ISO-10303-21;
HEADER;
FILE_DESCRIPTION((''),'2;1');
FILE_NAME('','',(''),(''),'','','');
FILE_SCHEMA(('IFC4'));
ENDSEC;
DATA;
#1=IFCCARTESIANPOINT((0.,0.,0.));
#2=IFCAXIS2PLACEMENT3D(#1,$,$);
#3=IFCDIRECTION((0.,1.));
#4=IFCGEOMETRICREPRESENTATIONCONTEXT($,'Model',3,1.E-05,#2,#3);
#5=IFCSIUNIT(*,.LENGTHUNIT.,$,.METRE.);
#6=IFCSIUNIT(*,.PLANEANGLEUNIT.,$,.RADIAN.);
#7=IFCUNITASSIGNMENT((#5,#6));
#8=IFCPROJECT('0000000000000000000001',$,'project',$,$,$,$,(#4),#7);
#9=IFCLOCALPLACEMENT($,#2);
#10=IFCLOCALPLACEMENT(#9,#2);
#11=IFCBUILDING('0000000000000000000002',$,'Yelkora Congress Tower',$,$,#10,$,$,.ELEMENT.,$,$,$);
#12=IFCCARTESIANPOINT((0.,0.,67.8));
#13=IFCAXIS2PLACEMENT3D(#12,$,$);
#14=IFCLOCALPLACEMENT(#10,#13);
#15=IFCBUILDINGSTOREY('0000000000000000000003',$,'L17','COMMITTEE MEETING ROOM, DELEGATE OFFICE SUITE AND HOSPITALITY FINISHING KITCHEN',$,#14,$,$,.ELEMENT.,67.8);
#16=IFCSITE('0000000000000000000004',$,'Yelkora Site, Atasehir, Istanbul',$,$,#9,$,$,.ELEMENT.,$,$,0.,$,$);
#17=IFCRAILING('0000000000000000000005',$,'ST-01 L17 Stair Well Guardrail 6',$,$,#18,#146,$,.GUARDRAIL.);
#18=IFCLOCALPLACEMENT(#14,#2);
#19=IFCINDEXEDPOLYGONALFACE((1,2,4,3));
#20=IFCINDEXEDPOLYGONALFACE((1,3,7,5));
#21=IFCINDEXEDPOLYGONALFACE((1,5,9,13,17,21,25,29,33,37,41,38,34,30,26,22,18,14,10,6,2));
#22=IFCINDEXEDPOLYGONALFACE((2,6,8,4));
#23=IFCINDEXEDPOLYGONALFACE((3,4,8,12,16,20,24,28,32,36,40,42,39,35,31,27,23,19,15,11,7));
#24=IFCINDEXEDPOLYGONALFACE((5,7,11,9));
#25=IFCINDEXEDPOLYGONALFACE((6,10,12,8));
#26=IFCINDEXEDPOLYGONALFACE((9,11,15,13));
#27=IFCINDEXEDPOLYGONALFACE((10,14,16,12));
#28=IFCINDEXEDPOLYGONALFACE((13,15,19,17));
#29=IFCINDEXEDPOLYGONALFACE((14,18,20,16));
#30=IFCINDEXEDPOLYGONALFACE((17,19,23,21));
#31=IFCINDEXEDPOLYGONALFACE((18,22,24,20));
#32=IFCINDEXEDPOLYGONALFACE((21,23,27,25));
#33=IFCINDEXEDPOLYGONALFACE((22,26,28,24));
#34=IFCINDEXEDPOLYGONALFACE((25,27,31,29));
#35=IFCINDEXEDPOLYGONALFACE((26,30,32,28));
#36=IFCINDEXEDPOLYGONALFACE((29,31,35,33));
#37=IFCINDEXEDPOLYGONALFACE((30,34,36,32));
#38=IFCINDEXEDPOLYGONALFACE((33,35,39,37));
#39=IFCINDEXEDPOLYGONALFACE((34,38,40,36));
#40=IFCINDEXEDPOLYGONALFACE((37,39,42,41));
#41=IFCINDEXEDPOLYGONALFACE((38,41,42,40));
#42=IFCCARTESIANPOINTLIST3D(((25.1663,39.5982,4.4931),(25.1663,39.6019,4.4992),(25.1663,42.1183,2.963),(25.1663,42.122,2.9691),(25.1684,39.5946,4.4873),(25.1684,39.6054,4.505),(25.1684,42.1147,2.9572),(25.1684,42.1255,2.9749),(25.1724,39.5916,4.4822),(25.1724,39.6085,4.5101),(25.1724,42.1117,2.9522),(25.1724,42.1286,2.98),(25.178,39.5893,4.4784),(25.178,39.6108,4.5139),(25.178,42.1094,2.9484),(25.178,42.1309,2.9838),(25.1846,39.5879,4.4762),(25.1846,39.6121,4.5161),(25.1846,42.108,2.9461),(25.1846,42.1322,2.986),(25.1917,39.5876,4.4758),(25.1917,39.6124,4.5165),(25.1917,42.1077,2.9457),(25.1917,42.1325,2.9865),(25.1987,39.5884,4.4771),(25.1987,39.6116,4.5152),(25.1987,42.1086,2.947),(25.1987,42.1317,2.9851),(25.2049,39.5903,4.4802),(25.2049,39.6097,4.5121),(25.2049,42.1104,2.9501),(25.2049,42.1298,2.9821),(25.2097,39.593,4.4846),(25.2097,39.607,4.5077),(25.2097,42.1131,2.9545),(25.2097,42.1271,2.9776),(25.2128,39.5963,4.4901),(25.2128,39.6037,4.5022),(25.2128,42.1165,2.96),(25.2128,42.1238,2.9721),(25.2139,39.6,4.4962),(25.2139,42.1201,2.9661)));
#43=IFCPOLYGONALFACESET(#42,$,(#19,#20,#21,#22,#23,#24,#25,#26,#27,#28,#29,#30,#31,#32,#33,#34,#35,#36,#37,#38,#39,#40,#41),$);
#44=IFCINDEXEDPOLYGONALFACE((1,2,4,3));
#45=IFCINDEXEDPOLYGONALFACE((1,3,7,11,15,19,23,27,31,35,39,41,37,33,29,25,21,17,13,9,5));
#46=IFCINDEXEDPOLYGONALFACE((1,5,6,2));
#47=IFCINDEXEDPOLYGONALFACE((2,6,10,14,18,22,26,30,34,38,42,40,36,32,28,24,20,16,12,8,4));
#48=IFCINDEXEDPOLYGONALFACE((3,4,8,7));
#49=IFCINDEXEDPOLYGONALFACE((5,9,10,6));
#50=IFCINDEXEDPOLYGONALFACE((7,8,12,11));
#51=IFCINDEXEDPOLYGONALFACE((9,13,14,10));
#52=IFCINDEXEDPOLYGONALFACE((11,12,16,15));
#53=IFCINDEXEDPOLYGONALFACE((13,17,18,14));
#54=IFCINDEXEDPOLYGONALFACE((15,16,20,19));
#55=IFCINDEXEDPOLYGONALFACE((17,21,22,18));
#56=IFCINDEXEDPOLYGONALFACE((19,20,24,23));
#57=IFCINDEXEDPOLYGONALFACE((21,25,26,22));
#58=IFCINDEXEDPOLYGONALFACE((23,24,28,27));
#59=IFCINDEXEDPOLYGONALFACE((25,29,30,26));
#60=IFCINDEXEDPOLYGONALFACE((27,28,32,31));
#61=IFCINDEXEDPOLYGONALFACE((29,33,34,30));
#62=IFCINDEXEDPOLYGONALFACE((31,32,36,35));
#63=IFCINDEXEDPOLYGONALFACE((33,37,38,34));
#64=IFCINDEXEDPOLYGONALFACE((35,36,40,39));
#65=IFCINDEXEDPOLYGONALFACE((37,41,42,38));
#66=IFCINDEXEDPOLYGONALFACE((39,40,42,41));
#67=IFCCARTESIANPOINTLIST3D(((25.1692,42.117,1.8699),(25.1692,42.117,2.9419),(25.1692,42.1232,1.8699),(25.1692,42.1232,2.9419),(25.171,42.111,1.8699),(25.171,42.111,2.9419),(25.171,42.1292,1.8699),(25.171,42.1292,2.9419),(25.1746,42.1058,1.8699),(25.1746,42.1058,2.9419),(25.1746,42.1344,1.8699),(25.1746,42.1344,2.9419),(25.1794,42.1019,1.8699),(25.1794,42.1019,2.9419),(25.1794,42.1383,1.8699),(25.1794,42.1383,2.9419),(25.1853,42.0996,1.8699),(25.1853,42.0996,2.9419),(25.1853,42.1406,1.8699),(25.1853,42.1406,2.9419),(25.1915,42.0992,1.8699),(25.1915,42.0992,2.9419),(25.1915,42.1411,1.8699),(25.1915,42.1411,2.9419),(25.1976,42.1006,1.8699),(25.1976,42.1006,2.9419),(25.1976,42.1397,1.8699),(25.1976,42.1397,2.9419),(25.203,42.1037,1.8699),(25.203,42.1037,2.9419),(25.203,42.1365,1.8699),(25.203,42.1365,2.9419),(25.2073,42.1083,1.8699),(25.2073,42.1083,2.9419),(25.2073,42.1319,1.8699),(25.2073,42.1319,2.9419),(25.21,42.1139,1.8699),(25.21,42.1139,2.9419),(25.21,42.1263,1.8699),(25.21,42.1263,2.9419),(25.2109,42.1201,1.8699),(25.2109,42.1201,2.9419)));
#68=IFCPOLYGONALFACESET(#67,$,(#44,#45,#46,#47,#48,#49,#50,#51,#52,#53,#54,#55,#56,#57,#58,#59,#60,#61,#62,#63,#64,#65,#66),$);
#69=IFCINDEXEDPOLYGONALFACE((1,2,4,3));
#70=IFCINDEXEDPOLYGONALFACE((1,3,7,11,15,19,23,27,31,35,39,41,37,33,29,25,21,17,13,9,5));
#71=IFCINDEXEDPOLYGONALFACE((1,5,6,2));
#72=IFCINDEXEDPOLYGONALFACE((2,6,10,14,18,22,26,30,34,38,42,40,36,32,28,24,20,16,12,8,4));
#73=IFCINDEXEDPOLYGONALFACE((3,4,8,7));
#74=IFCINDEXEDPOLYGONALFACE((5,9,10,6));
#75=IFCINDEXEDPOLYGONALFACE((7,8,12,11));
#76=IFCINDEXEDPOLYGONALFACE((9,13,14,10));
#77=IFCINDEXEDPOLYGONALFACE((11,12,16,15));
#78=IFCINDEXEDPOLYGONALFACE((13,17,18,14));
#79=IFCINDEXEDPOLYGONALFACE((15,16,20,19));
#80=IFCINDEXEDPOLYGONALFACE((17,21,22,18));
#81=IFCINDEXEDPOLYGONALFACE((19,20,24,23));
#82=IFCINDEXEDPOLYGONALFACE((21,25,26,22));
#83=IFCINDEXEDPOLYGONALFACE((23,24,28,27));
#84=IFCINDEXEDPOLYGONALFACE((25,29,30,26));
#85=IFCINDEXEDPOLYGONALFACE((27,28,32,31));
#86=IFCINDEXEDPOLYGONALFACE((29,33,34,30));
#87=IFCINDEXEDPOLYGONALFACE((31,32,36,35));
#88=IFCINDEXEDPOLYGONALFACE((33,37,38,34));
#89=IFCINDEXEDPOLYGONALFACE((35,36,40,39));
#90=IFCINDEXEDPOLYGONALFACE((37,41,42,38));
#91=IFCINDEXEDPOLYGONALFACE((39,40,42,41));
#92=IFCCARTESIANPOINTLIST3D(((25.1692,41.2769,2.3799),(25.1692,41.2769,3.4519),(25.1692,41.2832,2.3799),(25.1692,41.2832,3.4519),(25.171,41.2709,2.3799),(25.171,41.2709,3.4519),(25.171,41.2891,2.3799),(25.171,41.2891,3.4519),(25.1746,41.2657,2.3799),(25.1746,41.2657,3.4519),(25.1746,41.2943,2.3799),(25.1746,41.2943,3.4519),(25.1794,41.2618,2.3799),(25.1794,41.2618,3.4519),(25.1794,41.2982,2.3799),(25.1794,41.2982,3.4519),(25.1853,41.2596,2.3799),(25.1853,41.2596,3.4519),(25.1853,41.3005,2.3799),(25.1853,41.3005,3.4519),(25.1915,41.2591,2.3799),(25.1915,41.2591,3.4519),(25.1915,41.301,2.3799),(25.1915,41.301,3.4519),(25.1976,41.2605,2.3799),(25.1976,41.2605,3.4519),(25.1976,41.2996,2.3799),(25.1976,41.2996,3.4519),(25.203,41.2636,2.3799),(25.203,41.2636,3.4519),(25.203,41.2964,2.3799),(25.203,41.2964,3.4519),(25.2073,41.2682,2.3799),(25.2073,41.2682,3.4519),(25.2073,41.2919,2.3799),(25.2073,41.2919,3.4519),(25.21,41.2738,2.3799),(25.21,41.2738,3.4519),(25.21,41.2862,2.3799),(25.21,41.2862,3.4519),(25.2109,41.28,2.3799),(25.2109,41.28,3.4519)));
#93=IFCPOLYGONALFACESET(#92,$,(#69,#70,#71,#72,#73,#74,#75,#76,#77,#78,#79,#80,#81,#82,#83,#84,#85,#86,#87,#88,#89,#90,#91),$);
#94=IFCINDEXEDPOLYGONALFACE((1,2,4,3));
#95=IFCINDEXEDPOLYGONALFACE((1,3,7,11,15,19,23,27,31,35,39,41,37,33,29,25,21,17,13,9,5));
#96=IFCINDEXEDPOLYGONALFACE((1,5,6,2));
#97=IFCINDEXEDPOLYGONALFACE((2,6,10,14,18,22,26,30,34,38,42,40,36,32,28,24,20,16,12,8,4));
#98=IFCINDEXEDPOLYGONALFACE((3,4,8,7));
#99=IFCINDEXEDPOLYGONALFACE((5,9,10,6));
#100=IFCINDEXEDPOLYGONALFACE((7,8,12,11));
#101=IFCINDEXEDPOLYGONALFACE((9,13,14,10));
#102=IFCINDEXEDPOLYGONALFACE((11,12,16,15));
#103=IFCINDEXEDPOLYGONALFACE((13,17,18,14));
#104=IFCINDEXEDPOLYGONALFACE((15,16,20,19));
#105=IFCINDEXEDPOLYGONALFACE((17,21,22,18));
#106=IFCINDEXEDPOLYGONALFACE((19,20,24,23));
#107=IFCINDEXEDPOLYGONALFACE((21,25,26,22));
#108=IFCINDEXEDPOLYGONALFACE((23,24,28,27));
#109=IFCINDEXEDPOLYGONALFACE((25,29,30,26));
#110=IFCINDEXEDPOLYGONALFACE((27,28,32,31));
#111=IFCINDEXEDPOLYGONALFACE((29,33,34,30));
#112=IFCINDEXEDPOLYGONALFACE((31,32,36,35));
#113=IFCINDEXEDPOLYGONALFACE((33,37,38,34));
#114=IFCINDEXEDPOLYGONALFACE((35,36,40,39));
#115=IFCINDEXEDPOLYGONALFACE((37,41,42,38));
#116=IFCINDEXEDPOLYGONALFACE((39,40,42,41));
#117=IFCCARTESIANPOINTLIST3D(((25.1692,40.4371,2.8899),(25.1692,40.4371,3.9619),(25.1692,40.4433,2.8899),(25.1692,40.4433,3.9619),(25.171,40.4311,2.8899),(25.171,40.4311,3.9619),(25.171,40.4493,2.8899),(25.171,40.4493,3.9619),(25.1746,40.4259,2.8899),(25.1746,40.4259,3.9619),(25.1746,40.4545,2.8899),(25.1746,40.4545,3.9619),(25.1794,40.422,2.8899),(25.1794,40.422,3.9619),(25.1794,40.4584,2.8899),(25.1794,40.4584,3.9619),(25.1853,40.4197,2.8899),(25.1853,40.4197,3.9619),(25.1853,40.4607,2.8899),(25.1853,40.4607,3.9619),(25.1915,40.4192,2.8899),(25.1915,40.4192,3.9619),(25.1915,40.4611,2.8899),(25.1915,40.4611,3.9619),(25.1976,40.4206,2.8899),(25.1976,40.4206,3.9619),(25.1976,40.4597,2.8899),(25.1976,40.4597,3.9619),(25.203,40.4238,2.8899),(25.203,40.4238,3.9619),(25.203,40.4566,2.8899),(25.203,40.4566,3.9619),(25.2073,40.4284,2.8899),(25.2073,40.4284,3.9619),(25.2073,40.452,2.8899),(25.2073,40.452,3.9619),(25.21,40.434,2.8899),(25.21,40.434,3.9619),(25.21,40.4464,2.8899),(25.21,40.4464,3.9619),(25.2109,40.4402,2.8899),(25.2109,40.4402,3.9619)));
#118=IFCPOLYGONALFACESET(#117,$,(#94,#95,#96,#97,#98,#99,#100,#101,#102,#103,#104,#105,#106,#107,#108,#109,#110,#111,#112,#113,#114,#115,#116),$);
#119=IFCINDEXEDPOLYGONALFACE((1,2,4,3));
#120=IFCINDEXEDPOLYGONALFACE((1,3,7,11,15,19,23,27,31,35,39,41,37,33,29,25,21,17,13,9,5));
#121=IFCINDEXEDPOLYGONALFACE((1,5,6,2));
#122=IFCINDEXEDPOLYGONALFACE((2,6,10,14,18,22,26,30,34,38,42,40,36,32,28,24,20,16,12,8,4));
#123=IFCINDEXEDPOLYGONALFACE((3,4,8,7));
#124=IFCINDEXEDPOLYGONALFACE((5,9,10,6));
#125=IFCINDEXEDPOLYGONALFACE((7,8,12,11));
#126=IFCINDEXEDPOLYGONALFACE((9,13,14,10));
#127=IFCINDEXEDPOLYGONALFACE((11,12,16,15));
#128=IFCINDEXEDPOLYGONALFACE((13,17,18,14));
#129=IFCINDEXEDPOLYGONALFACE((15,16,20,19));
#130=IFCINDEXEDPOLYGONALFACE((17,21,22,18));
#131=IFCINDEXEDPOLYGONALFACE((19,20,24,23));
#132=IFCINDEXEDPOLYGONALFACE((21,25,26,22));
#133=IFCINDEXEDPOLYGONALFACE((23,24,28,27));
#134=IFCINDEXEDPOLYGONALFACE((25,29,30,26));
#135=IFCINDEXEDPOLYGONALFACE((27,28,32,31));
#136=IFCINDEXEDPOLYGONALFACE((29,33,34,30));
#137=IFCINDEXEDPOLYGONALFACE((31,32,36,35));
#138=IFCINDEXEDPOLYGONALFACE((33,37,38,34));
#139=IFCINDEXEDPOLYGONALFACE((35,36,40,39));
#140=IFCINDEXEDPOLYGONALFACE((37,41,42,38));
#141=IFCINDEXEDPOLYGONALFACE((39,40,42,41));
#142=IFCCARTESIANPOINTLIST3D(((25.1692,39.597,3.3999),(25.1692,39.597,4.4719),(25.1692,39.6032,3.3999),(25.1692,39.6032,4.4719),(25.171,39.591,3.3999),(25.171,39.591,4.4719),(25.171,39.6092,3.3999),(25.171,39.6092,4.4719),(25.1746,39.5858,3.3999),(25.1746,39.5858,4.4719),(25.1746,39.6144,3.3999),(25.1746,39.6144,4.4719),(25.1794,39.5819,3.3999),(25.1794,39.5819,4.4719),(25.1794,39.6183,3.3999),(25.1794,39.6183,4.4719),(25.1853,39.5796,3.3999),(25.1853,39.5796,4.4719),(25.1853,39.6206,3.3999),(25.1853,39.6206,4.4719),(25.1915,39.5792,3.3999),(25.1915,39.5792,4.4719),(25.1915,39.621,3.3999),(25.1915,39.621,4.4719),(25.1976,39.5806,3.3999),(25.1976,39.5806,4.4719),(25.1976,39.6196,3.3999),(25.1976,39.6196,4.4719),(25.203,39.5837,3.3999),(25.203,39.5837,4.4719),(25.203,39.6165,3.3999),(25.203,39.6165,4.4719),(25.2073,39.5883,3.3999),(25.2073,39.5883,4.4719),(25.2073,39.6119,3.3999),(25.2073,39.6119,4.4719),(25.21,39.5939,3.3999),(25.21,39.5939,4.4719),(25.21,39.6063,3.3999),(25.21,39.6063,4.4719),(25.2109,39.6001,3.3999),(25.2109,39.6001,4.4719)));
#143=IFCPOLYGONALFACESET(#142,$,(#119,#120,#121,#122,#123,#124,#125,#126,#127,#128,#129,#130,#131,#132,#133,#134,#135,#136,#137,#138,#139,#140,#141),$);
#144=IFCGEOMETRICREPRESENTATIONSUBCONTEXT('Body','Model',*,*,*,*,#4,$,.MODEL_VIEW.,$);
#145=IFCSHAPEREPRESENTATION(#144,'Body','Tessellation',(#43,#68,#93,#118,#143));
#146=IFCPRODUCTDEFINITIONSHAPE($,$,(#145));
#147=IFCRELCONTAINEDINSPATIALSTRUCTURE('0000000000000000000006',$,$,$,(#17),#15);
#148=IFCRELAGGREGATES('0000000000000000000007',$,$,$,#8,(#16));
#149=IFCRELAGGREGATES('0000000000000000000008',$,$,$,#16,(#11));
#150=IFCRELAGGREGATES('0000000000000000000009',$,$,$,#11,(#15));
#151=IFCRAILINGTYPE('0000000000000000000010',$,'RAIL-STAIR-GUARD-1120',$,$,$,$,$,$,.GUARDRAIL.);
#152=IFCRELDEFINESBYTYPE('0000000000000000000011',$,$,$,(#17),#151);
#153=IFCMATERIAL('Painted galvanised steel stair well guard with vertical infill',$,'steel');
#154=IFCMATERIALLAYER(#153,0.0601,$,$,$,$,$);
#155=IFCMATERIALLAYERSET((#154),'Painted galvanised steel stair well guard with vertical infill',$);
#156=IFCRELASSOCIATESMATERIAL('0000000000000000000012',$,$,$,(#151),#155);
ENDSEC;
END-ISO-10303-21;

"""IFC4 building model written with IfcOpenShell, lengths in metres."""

from ifc_helpers import new_model, si_unit, direction, frame, origin, origin_2d, place, context, subcontext, project, spatial, circle, extrude, material, layer, layer_set, type_object, element, save


model = new_model("IFC4")

# Units and contexts
model_context = context("Model", 3, precision=1e-05, world=origin(), true_north=direction((0.0, 1.0)))
body_context = subcontext(model_context, "Body", "Model", "MODEL_VIEW")
ifc_project = project(units=[si_unit("LENGTHUNIT", "METRE"), si_unit("PLANEANGLEUNIT", "RADIAN")], contexts=[model_context])

# Site, building, storey
site_placement = place(None, origin())
site = spatial("IfcSite", under=ifc_project, at=site_placement, Name="Yelkora Site, Atasehir, Istanbul", CompositionType="ELEMENT", RefElevation=0.0)
building_placement = place(site_placement, origin())
building = spatial("IfcBuilding", under=site, at=building_placement, Name="Yelkora Congress Tower", CompositionType="ELEMENT")
storey_placement = place(building_placement, frame((0.0, 0.0, 67.8)))
storey = spatial("IfcBuildingStorey", under=building, at=storey_placement, Name="L17", Description="COMMITTEE MEETING ROOM, DELEGATE OFFICE SUITE AND HOSPITALITY FINISHING KITCHEN", CompositionType="ELEMENT", Elevation=67.8)

# Railing
ifc_material_1 = material(Name="Painted galvanised steel stair well guard with vertical infill", Category="steel")
ifc_layer_1 = layer(ifc_material_1, 0.0601)
ifc_layer_set_1 = layer_set([ifc_layer_1], Name="Painted galvanised steel stair well guard with vertical infill")
railing_type_1 = type_object("IfcRailingType", Name="RAIL-STAIR-GUARD-1120", PredefinedType="GUARDRAIL", material=ifc_layer_set_1)
railing_1_placement = place(storey_placement, frame((25.1899, 42.1201, 1.8699)))
element("IfcRailing", 1, at=railing_1_placement, inside=storey, type_object=railing_type_1, Name="ST-01 L17 Stair Well Guardrail 6", PredefinedType="GUARDRAIL", context=body_context, shape_type="SweptSolid", body=[
    extrude(circle(Radius=0.0239, at=origin_2d()), frame((0.0, 0.0, 1.0962), z_axis=(0.0, -0.854785, 0.518982), x_axis=(1.0, 0.0, 0.0)), (0.0, 0.0, 1.0), 2.9482),
    extrude(circle(Radius=0.021, at=origin_2d()), origin(), (0.0, 0.0, 1.0), 1.072),
    extrude(circle(Radius=0.021, at=origin_2d()), frame((0.0, -0.8401, 0.51)), (0.0, 0.0, 1.0), 1.072),
    extrude(circle(Radius=0.021, at=origin_2d()), frame((0.0, -1.6799, 1.02)), (0.0, 0.0, 1.0), 1.072),
    extrude(circle(Radius=0.021, at=origin_2d()), frame((0.0, -2.52, 1.53)), (0.0, 0.0, 1.0), 1.072),
])

save(model, "model.ifc")
